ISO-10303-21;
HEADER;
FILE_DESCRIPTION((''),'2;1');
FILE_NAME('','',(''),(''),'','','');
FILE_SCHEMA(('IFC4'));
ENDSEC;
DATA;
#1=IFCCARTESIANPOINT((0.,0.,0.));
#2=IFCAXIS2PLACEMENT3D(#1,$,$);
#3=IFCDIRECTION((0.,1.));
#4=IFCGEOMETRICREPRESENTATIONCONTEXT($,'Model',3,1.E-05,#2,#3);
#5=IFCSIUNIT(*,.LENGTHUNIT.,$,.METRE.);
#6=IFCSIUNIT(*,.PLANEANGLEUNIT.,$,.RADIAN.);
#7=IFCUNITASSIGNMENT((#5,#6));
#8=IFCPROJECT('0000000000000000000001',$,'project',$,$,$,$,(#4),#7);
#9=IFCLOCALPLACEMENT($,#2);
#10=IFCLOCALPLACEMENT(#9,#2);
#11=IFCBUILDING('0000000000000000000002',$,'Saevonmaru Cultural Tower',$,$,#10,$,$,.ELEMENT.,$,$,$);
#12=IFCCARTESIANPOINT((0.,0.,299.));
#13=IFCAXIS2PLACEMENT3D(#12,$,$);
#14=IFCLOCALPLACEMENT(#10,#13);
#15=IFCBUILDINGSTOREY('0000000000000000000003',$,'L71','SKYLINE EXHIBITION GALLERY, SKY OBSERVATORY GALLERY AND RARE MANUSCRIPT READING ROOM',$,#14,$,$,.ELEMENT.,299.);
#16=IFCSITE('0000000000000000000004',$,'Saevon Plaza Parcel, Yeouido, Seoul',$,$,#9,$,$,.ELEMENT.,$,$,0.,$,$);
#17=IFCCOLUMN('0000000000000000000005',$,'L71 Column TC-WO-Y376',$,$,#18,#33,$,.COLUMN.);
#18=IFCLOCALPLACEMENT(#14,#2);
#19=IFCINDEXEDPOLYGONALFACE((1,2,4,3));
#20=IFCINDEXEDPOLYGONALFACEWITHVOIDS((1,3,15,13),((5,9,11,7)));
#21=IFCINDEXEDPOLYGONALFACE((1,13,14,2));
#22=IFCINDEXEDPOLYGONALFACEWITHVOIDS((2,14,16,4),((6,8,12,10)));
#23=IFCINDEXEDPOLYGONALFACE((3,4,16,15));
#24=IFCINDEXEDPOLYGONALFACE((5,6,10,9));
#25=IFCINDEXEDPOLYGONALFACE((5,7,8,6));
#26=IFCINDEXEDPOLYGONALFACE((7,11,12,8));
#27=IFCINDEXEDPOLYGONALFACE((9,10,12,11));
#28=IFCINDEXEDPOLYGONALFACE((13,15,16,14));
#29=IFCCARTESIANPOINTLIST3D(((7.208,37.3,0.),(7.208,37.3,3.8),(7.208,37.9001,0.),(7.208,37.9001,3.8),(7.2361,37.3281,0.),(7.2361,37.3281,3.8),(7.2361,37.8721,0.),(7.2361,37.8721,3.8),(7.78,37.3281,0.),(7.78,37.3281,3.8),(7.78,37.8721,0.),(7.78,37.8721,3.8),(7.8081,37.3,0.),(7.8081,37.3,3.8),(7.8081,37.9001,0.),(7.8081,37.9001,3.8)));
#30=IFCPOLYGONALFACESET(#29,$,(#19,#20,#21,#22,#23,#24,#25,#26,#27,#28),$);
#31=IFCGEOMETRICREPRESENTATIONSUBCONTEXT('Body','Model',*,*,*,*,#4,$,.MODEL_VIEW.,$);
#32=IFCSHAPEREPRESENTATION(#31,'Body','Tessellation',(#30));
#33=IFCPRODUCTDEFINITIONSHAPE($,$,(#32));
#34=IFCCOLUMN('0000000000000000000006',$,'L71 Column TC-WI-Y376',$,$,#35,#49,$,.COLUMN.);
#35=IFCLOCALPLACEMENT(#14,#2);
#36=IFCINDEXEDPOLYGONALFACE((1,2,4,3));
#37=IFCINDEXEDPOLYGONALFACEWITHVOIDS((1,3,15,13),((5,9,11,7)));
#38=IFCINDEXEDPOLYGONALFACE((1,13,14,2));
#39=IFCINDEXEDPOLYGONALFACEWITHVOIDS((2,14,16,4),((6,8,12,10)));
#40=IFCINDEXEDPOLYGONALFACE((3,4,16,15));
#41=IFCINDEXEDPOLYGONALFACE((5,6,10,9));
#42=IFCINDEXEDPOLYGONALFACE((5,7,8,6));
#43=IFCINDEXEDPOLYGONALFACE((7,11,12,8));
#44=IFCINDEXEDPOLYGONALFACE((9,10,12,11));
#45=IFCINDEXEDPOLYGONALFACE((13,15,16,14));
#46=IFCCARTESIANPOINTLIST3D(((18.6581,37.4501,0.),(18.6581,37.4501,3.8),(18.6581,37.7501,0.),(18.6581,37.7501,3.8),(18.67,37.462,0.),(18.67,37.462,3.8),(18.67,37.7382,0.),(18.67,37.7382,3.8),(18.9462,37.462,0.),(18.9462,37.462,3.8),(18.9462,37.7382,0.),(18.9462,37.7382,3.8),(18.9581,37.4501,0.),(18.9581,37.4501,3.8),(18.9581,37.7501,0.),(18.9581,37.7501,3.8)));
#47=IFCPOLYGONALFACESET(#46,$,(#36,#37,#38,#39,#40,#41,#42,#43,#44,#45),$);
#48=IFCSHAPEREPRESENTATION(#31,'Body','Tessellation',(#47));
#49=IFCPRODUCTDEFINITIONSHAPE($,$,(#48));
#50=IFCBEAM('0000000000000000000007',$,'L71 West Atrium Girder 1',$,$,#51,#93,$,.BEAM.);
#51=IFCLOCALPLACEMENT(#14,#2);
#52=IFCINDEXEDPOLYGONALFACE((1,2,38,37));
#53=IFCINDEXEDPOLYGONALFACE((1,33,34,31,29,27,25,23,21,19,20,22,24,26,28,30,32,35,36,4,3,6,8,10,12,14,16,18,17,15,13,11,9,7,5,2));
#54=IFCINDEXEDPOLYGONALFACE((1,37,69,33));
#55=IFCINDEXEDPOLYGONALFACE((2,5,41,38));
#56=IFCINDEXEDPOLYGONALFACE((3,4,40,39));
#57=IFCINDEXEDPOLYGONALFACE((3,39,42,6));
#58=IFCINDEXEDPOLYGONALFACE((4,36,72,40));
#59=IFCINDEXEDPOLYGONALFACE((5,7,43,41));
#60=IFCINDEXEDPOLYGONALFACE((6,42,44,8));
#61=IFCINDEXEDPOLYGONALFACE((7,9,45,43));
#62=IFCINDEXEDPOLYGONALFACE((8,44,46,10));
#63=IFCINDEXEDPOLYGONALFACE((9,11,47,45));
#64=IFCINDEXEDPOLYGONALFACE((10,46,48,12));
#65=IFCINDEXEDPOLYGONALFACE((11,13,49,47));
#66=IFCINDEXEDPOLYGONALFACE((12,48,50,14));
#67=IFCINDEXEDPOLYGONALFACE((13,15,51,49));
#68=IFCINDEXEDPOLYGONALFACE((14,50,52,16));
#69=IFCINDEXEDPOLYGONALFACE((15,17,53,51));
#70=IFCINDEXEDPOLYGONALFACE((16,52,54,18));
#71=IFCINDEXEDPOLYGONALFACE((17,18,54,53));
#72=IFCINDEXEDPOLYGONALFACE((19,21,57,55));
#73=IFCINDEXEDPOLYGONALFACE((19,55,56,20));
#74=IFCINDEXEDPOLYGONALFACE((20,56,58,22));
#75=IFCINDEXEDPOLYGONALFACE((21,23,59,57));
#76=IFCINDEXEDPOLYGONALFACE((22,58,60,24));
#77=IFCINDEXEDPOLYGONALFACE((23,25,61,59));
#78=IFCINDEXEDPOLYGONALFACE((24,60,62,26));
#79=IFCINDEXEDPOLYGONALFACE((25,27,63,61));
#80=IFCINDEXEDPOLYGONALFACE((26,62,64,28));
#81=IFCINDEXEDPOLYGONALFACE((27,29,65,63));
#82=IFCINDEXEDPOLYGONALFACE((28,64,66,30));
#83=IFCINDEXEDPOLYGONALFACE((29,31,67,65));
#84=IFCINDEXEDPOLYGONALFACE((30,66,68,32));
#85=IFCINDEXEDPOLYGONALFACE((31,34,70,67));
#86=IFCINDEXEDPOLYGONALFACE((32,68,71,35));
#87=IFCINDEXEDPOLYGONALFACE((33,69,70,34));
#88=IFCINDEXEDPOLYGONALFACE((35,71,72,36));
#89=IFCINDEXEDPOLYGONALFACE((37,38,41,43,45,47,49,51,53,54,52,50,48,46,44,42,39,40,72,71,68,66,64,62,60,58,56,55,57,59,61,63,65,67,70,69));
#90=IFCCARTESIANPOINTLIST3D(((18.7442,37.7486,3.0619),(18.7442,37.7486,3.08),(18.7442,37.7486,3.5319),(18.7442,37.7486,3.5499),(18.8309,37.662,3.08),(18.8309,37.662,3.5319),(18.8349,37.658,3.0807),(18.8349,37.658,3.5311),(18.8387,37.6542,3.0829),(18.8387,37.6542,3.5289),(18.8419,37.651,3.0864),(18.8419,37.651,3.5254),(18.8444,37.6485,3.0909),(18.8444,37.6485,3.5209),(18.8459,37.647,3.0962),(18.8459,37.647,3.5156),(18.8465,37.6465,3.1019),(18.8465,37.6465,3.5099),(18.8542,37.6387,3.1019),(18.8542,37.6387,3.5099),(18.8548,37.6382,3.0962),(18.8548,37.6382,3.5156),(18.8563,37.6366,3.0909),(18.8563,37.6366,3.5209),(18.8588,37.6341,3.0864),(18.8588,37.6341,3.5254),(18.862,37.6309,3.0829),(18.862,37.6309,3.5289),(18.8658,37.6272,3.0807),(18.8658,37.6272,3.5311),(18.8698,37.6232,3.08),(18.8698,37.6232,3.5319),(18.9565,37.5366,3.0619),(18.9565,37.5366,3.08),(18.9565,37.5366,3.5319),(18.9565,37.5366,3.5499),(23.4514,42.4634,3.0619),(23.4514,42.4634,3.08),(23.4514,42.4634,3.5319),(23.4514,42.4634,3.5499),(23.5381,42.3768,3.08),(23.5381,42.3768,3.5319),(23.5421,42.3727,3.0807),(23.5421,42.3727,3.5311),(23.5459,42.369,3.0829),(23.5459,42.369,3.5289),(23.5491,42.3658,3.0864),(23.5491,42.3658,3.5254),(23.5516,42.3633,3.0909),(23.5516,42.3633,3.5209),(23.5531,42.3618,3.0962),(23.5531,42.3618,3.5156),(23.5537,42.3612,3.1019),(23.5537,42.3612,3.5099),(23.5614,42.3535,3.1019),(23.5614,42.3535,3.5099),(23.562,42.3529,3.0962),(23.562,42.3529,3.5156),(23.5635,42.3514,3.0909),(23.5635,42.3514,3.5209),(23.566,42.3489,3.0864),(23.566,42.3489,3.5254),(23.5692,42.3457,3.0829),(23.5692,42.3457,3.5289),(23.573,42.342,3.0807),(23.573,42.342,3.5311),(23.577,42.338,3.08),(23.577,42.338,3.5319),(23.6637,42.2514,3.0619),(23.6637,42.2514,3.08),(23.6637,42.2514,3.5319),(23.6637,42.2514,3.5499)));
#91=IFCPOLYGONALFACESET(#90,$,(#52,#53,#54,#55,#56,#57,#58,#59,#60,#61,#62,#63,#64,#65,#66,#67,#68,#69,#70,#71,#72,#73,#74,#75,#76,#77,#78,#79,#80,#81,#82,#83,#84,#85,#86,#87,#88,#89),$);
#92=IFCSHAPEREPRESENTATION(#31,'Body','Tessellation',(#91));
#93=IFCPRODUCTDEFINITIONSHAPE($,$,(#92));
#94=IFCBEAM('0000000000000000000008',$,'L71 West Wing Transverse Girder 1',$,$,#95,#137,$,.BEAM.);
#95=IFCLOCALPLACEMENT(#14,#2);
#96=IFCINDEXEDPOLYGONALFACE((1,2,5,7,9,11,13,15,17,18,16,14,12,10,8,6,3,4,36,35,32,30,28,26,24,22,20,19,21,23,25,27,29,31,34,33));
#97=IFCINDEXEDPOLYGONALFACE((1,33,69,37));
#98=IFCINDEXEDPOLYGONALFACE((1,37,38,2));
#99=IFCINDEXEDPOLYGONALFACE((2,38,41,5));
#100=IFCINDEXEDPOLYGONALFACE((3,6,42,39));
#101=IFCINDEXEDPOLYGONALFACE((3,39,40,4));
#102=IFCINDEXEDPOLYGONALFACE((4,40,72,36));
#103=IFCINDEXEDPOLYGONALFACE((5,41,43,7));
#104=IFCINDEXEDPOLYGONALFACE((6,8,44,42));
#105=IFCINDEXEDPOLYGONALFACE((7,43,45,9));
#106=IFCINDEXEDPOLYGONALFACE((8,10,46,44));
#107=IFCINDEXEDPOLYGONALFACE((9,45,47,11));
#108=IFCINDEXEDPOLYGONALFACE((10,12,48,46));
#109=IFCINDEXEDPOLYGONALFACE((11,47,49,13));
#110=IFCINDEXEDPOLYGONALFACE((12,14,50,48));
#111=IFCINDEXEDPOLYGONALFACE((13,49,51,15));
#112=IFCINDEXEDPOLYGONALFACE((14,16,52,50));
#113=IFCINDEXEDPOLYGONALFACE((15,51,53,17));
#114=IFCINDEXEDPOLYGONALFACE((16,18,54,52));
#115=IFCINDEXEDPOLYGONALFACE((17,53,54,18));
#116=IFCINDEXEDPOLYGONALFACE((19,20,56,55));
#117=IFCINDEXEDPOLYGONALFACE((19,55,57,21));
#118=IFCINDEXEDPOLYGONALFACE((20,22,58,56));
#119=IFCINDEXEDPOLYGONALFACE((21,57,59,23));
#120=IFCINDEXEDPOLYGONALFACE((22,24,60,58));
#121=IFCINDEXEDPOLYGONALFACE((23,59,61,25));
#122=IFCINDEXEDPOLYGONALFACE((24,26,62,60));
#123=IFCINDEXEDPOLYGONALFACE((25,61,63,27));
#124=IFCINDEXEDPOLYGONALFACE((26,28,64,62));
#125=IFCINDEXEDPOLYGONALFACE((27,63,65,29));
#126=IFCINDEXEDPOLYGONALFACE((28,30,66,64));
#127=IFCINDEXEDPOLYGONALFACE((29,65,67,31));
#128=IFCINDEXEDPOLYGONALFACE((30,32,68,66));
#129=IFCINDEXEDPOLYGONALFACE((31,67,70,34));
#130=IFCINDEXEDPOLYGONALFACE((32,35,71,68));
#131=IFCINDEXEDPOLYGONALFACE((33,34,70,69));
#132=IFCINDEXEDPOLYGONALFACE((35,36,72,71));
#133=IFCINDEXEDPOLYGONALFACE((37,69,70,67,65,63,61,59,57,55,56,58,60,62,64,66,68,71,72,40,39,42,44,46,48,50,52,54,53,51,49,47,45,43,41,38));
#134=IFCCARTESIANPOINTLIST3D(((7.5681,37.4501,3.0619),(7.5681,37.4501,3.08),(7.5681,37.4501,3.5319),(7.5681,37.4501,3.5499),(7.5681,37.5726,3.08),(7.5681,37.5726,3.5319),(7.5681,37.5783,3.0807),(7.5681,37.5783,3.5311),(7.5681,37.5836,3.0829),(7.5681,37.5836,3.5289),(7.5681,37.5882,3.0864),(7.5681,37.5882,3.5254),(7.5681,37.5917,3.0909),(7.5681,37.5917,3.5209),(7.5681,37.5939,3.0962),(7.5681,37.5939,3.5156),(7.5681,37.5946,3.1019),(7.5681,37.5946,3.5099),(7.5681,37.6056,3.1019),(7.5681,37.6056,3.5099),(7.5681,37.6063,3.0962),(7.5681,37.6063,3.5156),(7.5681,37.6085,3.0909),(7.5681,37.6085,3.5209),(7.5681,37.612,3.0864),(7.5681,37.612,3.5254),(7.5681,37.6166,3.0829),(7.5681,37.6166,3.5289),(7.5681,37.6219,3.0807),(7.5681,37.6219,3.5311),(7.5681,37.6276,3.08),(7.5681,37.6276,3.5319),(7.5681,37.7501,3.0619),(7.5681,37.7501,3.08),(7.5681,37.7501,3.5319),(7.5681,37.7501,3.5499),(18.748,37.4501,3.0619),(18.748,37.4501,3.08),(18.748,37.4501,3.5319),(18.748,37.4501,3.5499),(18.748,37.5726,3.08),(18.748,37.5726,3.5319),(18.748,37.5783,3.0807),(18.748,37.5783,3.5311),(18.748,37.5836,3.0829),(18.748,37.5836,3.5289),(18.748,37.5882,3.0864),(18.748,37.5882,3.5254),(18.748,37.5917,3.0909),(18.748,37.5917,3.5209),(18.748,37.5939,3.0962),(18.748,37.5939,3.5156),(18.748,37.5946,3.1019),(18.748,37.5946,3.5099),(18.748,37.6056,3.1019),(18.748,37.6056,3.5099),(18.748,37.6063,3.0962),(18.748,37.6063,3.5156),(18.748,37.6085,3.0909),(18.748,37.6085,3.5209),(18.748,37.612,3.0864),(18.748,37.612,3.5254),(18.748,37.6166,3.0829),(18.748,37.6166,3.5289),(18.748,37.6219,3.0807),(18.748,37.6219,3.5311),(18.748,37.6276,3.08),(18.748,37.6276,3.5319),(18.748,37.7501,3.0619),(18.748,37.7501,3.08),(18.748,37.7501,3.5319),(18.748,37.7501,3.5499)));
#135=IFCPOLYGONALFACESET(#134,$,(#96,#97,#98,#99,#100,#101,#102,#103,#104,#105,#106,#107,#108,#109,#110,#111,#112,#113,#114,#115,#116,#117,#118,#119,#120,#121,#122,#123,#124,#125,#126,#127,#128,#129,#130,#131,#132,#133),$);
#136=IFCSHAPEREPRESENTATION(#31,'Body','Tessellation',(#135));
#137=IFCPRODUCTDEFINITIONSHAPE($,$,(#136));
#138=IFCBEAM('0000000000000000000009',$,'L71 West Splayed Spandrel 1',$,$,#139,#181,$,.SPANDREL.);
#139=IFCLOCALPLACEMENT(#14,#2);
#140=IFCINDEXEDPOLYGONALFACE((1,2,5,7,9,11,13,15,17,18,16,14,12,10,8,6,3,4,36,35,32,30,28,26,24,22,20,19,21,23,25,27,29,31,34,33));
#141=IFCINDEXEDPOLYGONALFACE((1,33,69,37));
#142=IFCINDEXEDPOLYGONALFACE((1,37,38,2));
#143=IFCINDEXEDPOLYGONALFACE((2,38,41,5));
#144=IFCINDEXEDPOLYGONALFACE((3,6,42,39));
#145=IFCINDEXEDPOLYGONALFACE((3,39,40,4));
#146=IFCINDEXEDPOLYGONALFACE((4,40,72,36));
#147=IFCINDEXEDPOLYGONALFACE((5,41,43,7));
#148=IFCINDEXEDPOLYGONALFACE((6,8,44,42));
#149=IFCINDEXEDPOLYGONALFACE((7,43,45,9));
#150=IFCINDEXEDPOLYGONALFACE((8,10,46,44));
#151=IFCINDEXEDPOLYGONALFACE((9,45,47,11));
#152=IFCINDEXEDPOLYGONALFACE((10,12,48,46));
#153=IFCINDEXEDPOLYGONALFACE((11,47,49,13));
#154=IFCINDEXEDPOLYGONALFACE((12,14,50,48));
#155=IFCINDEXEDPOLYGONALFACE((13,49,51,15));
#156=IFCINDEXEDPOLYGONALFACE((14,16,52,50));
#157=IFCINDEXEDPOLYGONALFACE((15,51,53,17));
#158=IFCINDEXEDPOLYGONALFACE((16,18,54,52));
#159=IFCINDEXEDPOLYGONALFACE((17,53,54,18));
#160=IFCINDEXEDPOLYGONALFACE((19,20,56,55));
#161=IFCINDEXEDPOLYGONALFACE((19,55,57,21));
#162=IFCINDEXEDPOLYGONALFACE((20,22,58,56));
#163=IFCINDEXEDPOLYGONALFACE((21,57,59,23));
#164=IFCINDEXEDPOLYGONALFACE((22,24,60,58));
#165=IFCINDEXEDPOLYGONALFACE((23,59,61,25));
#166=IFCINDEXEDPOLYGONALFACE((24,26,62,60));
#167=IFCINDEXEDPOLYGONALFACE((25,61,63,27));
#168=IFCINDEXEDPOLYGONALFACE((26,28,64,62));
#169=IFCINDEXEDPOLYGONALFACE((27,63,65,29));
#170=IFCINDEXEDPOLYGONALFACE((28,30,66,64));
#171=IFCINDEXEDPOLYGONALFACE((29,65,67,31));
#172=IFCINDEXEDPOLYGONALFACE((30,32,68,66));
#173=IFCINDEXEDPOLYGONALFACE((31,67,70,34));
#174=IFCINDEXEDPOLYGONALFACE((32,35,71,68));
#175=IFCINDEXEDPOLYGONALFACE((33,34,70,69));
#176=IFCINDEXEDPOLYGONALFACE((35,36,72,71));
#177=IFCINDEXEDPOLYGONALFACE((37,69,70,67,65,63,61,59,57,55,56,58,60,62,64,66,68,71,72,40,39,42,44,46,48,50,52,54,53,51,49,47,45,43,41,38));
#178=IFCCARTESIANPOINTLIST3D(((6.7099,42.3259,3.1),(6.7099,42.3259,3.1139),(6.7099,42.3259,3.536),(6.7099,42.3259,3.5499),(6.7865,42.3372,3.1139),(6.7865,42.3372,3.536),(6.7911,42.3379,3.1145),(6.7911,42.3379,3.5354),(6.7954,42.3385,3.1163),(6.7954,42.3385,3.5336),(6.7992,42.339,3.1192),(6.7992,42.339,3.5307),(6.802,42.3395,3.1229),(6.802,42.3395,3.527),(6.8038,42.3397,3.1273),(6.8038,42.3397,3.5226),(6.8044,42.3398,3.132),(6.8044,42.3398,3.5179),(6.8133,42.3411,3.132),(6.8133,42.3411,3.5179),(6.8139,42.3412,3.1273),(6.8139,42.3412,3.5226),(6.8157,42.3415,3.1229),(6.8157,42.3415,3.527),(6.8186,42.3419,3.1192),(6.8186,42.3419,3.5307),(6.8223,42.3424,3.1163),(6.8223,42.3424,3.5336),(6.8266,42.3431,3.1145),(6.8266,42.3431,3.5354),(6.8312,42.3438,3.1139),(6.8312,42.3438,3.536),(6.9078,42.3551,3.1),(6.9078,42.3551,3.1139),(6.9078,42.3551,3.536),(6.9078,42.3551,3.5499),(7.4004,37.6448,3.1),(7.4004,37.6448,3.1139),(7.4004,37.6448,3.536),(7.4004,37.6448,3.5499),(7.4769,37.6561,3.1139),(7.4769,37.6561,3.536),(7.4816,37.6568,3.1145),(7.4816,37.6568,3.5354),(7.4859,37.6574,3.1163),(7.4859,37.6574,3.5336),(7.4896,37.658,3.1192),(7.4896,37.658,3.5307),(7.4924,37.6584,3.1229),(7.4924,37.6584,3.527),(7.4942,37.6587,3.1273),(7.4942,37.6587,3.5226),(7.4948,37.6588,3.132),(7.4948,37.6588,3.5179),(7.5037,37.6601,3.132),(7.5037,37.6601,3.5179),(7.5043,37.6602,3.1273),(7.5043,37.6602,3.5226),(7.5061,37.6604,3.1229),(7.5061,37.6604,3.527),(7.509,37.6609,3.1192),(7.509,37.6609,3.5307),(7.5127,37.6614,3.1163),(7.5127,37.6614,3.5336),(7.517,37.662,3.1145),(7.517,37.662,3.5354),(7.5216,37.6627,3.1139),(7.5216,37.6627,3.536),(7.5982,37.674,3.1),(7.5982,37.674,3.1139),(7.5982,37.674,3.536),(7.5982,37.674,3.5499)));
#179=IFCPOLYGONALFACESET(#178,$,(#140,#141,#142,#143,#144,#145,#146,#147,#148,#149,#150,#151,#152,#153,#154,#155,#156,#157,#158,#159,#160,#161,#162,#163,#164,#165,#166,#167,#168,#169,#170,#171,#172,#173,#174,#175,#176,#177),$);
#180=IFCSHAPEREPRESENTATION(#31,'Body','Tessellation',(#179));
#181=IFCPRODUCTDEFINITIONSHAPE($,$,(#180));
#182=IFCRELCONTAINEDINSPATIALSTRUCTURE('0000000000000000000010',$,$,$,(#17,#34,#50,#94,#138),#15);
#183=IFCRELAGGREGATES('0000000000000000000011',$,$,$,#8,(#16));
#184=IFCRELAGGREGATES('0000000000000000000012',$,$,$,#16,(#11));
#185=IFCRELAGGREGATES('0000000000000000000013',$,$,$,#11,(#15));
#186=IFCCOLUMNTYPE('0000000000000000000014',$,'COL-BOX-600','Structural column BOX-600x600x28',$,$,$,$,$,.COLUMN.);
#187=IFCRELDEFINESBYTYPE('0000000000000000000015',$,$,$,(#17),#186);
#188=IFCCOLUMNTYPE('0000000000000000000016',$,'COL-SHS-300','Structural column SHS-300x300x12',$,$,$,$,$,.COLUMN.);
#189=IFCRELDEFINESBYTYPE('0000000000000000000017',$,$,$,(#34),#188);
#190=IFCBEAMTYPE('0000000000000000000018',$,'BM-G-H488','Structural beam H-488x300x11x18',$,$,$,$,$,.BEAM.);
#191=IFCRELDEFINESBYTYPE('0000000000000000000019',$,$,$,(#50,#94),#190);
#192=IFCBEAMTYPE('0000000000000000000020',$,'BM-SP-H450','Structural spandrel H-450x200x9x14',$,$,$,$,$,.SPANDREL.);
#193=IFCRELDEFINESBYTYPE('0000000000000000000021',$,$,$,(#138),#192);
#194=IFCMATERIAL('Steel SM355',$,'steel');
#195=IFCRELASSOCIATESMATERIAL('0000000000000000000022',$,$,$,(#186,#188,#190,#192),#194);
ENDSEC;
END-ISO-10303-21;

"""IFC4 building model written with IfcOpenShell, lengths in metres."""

from ifc_helpers import new_model, si_unit, direction, frame, origin, origin_2d, place, context, subcontext, project, spatial, hollow_rectangle, i_section, extrude, material, material_profile, profile_set, type_object, element, save


model = new_model("IFC4")

# Units and contexts
model_context = context("Model", 3, precision=1e-05, world=origin(), true_north=direction((0.0, 1.0)))
body_context = subcontext(model_context, "Body", "Model", "MODEL_VIEW")
ifc_project = project(units=[si_unit("LENGTHUNIT", "METRE"), si_unit("PLANEANGLEUNIT", "RADIAN")], contexts=[model_context])

# Site, building, storey
site_placement = place(None, origin())
site = spatial("IfcSite", under=ifc_project, at=site_placement, Name="Saevon Plaza Parcel, Yeouido, Seoul", CompositionType="ELEMENT", RefElevation=0.0)
building_placement = place(site_placement, origin())
building = spatial("IfcBuilding", under=site, at=building_placement, Name="Saevonmaru Cultural Tower", CompositionType="ELEMENT")
storey_placement = place(building_placement, frame((0.0, 0.0, 299.0)))
storey = spatial("IfcBuildingStorey", under=building, at=storey_placement, Name="L71", Description="SKYLINE EXHIBITION GALLERY, SKY OBSERVATORY GALLERY AND RARE MANUSCRIPT READING ROOM", CompositionType="ELEMENT", Elevation=299.0)

# Columns
ifc_material_1 = material(Name="Steel SM355", Category="steel")
ifc_material_profile_1 = material_profile(ifc_material_1, hollow_rectangle(XDim=0.6001, YDim=0.6001, WallThickness=0.0281, at=origin_2d()), Name="BOX-600x600x28")
ifc_profile_set_1 = profile_set([ifc_material_profile_1], Name="Steel SM355")
column_type_1 = type_object("IfcColumnType", Name="COL-BOX-600", Description="Structural column BOX-600x600x28", PredefinedType="COLUMN", material=ifc_profile_set_1)
column_1_placement = place(storey_placement, frame((7.5081, 37.6001, 0.0), z_axis=(0.0, 0.0, 1.0), x_axis=(1.0, 0.0, 0.0)))
element("IfcColumn", 1, at=column_1_placement, inside=storey, type_object=column_type_1, Name="L71 Column TC-WO-Y376", PredefinedType="COLUMN", context=body_context, shape_type="SweptSolid", body=[
    extrude(hollow_rectangle(XDim=0.6001, YDim=0.6001, WallThickness=0.0281, at=origin_2d()), origin(), (0.0, 0.0, 1.0), 3.8),
])
ifc_material_profile_2 = material_profile(ifc_material_1, hollow_rectangle(XDim=0.3, YDim=0.3, WallThickness=0.012, at=origin_2d()), Name="SHS-300x300x12")
ifc_profile_set_2 = profile_set([ifc_material_profile_2], Name="Steel SM355")
column_type_2 = type_object("IfcColumnType", Name="COL-SHS-300", Description="Structural column SHS-300x300x12", PredefinedType="COLUMN", material=ifc_profile_set_2)
column_2_placement = place(storey_placement, frame((18.8081, 37.6001, 0.0), z_axis=(0.0, 0.0, 1.0), x_axis=(1.0, 0.0, 0.0)))
element("IfcColumn", 2, at=column_2_placement, inside=storey, type_object=column_type_2, Name="L71 Column TC-WI-Y376", PredefinedType="COLUMN", context=body_context, shape_type="SweptSolid", body=[
    extrude(hollow_rectangle(XDim=0.3, YDim=0.3, WallThickness=0.012, at=origin_2d()), origin(), (0.0, 0.0, 1.0), 3.8),
])

# Beams
ifc_material_profile_3 = material_profile(ifc_material_1, i_section(OverallWidth=0.3, OverallDepth=0.488, WebThickness=0.011, FlangeThickness=0.0181, FilletRadius=0.022, at=origin_2d()), Name="H-488x300x11x18")
ifc_profile_set_3 = profile_set([ifc_material_profile_3], Name="Steel SM355")
beam_type_1 = type_object("IfcBeamType", Name="BM-G-H488", Description="Structural beam H-488x300x11x18", PredefinedType="BEAM", material=ifc_profile_set_3)
beam_1_placement = place(storey_placement, frame((18.8503, 37.6426, 3.3059), z_axis=(0.706539, 0.707675, 0.0), x_axis=(-0.707675, 0.706539, 0.0)))
element("IfcBeam", 3, at=beam_1_placement, inside=storey, type_object=beam_type_1, Name="L71 West Atrium Girder 1", PredefinedType="BEAM", context=body_context, shape_type="SweptSolid", body=[
    extrude(i_section(OverallWidth=0.3, OverallDepth=0.488, WebThickness=0.011, FlangeThickness=0.0181, FilletRadius=0.022, at=origin_2d()), origin(), (0.0, 0.0, 1.0), 6.6624),
])
beam_2_placement = place(storey_placement, frame((7.5681, 37.6001, 3.3059), z_axis=(1.0, 0.0, 0.0), x_axis=(0.0, 1.0, 0.0)))
element("IfcBeam", 4, at=beam_2_placement, inside=storey, type_object=beam_type_1, Name="L71 West Wing Transverse Girder 1", PredefinedType="BEAM", context=body_context, shape_type="SweptSolid", body=[
    extrude(i_section(OverallWidth=0.3, OverallDepth=0.488, WebThickness=0.011, FlangeThickness=0.0181, FilletRadius=0.022, at=origin_2d()), origin(), (0.0, 0.0, 1.0), 11.1799),
])
ifc_material_profile_4 = material_profile(ifc_material_1, i_section(OverallWidth=0.2, OverallDepth=0.45, WebThickness=0.009, FlangeThickness=0.0139, FilletRadius=0.0181, at=origin_2d()), Name="H-450x200x9x14")
ifc_profile_set_4 = profile_set([ifc_material_profile_4], Name="Steel SM355")
beam_type_2 = type_object("IfcBeamType", Name="BM-SP-H450", Description="Structural spandrel H-450x200x9x14", PredefinedType="SPANDREL", material=ifc_profile_set_4)
beam_3_placement = place(storey_placement, frame((7.4993, 37.6594, 3.325), z_axis=(-0.145913, 0.989297, 0.0), x_axis=(-0.989297, -0.145913, 0.0)))
element("IfcBeam", 5, at=beam_3_placement, inside=storey, type_object=beam_type_2, Name="L71 West Splayed Spandrel 1", PredefinedType="SPANDREL", context=body_context, shape_type="SweptSolid", body=[
    extrude(i_section(OverallWidth=0.2, OverallDepth=0.45, WebThickness=0.009, FlangeThickness=0.0139, FilletRadius=0.0181, at=origin_2d()), origin(), (0.0, 0.0, 1.0), 4.7317),
])

save(model, "model.ifc")
